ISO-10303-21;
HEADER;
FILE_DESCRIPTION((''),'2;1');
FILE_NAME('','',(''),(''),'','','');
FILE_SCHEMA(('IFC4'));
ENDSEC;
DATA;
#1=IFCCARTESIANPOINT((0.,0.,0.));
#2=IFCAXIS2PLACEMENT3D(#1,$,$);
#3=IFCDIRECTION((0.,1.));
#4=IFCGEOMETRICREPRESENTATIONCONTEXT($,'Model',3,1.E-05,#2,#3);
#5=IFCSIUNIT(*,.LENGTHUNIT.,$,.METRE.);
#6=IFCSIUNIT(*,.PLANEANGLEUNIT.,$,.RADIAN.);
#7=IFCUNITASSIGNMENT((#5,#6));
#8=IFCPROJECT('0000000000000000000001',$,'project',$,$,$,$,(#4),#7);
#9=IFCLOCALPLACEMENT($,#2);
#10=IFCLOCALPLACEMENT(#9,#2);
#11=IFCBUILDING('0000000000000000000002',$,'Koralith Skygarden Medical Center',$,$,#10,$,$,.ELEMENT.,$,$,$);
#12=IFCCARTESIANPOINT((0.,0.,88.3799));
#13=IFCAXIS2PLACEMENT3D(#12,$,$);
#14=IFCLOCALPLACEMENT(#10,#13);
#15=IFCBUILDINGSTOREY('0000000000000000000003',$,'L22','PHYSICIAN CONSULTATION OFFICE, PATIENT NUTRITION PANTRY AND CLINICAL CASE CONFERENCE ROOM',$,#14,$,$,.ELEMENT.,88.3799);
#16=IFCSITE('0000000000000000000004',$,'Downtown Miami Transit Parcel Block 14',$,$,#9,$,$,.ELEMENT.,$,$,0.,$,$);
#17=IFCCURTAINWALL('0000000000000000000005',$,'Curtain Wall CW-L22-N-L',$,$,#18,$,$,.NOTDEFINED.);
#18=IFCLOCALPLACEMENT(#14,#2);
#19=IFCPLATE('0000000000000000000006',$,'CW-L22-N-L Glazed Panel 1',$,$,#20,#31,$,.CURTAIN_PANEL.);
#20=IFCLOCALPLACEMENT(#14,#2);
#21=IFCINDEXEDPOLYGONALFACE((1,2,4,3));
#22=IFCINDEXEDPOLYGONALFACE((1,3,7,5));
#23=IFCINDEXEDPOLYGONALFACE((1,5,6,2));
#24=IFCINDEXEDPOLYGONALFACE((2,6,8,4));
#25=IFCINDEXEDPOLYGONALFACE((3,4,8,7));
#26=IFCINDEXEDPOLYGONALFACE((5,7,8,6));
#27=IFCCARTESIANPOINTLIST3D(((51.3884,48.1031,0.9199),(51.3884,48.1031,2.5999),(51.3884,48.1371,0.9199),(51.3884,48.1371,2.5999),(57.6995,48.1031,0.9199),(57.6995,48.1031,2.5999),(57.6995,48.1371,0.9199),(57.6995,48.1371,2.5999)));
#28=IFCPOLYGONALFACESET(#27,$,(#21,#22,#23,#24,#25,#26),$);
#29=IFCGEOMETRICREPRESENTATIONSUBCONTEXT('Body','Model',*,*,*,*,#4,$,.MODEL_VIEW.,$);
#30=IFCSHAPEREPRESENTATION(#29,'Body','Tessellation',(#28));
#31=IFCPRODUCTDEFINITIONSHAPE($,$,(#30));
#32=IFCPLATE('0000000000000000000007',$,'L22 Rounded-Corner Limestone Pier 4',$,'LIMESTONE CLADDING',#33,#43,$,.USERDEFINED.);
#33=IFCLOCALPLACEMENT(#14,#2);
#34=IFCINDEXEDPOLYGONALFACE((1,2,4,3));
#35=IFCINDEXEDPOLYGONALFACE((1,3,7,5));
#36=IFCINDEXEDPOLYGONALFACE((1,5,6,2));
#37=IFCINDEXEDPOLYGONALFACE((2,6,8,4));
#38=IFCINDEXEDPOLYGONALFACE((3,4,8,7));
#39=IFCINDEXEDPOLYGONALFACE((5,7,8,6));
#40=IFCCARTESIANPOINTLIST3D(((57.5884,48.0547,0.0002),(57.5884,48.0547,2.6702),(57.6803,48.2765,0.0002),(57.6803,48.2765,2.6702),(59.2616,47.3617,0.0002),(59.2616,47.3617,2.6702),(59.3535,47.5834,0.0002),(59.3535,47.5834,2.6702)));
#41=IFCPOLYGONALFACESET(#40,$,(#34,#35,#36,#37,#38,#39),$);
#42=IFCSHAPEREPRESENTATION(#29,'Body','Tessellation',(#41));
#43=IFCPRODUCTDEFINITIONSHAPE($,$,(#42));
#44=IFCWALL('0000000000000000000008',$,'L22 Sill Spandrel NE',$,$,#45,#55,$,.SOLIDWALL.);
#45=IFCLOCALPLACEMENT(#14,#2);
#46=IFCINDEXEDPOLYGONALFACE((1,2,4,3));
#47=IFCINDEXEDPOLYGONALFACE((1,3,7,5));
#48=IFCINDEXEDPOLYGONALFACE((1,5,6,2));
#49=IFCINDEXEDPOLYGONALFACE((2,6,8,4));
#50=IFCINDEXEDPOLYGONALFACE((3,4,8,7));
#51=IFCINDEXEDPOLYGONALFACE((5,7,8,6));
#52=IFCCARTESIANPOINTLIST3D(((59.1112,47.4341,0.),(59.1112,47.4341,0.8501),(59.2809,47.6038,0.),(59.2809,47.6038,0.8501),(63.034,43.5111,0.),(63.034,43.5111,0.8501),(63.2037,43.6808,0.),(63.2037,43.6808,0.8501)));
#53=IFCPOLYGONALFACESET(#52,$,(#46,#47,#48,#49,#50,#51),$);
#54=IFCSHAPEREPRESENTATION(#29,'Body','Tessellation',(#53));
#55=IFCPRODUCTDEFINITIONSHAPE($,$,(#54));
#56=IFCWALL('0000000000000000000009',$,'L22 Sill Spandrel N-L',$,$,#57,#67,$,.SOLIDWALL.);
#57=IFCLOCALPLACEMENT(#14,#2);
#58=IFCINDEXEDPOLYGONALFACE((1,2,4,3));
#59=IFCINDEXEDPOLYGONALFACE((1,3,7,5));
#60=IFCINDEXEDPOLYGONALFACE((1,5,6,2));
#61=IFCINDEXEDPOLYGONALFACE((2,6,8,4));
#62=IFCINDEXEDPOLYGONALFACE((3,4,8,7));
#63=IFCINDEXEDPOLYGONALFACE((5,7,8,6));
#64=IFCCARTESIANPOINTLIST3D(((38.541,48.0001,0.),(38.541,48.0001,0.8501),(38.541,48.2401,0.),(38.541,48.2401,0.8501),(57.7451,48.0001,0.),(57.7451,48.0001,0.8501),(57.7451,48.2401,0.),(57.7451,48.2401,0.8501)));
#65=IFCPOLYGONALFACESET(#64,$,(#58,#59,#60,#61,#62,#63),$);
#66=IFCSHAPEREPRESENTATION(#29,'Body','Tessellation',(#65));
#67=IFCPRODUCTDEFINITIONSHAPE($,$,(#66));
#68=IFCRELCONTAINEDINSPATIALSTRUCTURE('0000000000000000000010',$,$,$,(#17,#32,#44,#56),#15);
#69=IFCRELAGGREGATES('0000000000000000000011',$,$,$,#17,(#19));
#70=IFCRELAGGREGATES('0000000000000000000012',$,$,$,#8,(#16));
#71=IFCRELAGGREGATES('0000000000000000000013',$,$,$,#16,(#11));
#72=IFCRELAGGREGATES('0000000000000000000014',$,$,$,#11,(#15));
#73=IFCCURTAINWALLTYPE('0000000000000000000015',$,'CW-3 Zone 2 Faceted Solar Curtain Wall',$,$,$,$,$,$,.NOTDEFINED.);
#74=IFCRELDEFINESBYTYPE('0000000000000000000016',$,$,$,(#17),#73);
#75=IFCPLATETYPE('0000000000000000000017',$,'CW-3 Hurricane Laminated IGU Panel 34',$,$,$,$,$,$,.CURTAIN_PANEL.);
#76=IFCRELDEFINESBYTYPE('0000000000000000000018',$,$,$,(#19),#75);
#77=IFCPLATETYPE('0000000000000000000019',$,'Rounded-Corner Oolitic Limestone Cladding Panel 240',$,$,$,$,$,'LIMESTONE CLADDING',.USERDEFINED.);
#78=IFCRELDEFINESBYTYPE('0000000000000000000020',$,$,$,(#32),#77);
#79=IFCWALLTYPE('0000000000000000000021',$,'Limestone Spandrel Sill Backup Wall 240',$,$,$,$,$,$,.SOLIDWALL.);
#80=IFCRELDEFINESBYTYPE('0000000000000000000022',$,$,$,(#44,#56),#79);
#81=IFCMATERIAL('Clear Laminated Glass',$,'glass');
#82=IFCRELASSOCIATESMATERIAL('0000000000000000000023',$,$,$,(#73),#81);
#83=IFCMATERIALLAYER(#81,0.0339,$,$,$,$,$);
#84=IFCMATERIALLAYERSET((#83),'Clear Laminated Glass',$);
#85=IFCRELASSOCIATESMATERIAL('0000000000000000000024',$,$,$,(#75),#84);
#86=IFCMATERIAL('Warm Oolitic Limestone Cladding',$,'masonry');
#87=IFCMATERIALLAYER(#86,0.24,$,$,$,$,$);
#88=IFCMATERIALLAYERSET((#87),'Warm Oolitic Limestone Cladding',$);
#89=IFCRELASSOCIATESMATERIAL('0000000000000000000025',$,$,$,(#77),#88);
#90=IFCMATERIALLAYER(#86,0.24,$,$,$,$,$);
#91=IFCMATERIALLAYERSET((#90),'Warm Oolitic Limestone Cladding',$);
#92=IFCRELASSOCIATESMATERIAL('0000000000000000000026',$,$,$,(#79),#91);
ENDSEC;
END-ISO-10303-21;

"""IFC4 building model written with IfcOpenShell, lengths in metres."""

from ifc_helpers import new_model, si_unit, direction, frame, frame_2d, origin, origin_2d, place, context, subcontext, project, spatial, rectangle, extrude, material, layer, layer_set, type_object, element, aggregate, save


model = new_model("IFC4")

# Units and contexts
model_context = context("Model", 3, precision=1e-05, world=origin(), true_north=direction((0.0, 1.0)))
body_context = subcontext(model_context, "Body", "Model", "MODEL_VIEW")
ifc_project = project(units=[si_unit("LENGTHUNIT", "METRE"), si_unit("PLANEANGLEUNIT", "RADIAN")], contexts=[model_context])

# Site, building, storey
site_placement = place(None, origin())
site = spatial("IfcSite", under=ifc_project, at=site_placement, Name="Downtown Miami Transit Parcel Block 14", CompositionType="ELEMENT", RefElevation=0.0)
building_placement = place(site_placement, origin())
building = spatial("IfcBuilding", under=site, at=building_placement, Name="Koralith Skygarden Medical Center", CompositionType="ELEMENT")
storey_placement = place(building_placement, frame((0.0, 0.0, 88.3799)))
storey = spatial("IfcBuildingStorey", under=building, at=storey_placement, Name="L22", Description="PHYSICIAN CONSULTATION OFFICE, PATIENT NUTRITION PANTRY AND CLINICAL CASE CONFERENCE ROOM", CompositionType="ELEMENT", Elevation=88.3799)

# Curtain wall
ifc_material_1 = material(Name="Clear Laminated Glass", Category="glass")
curtain_wall_type = type_object("IfcCurtainWallType", Name="CW-3 Zone 2 Faceted Solar Curtain Wall", PredefinedType="NOTDEFINED", material=ifc_material_1)
curtain_wall_1_placement = place(storey_placement, origin())
curtain_wall_1 = element("IfcCurtainWall", 1, at=curtain_wall_1_placement, inside=storey, type_object=curtain_wall_type, Name="Curtain Wall CW-L22-N-L", PredefinedType="NOTDEFINED")

# Plates
ifc_layer_1 = layer(ifc_material_1, 0.0339)
ifc_layer_set_1 = layer_set([ifc_layer_1], Name="Clear Laminated Glass")
plate_type_1 = type_object("IfcPlateType", Name="CW-3 Hurricane Laminated IGU Panel 34", PredefinedType="CURTAIN_PANEL", material=ifc_layer_set_1)
plate_1_placement = place(storey_placement, frame((54.5439, 48.1201, 0.9199), z_axis=(0.0, 0.0, 1.0), x_axis=(-1.0, 0.0, 0.0)))
plate_1 = element("IfcPlate", 2, at=plate_1_placement, type_object=plate_type_1, Name="CW-L22-N-L Glazed Panel 1", PredefinedType="CURTAIN_PANEL", context=body_context, shape_type="SweptSolid", body=[
    extrude(rectangle(XDim=6.311, YDim=0.0339, at=origin_2d()), origin(), (0.0, 0.0, 1.0), 1.6799),
])
aggregate(curtain_wall_1, [plate_1])
ifc_material_2 = material(Name="Warm Oolitic Limestone Cladding", Category="masonry")
ifc_layer_2 = layer(ifc_material_2, 0.24)
ifc_layer_set_2 = layer_set([ifc_layer_2], Name="Warm Oolitic Limestone Cladding")
plate_type_2 = type_object("IfcPlateType", Name="Rounded-Corner Oolitic Limestone Cladding Panel 240", ElementType="LIMESTONE CLADDING", PredefinedType="USERDEFINED", material=ifc_layer_set_2)
plate_2_placement = place(storey_placement, frame((58.4709, 47.8191, 0.0002), z_axis=(0.0, 0.0, 1.0), x_axis=(-0.923885, 0.382671, 0.0)))
element("IfcPlate", 3, at=plate_2_placement, inside=storey, type_object=plate_type_2, Name="L22 Rounded-Corner Limestone Pier 4", ObjectType="LIMESTONE CLADDING", PredefinedType="USERDEFINED", context=body_context, shape_type="SweptSolid", body=[
    extrude(rectangle(XDim=1.811, YDim=0.24, at=origin_2d()), origin(), (0.0, 0.0, 1.0), 2.6699),
])

# Walls
ifc_layer_3 = layer(ifc_material_2, 0.24)
ifc_layer_set_3 = layer_set([ifc_layer_3], Name="Warm Oolitic Limestone Cladding")
wall_type = type_object("IfcWallType", Name="Limestone Spandrel Sill Backup Wall 240", PredefinedType="SOLIDWALL", material=ifc_layer_set_3)
wall_1_placement = place(storey_placement, frame((63.1189, 43.5959, 0.0), z_axis=(0.0, 0.0, 1.0), x_axis=(-0.707085, 0.707129, 0.0)))
element("IfcWall", 4, at=wall_1_placement, inside=storey, type_object=wall_type, Name="L22 Sill Spandrel NE", PredefinedType="SOLIDWALL", context=body_context, shape_type="SweptSolid", body=[
    extrude(rectangle(XDim=5.5479, YDim=0.24, at=frame_2d((2.7739, 0.0))), origin(), (0.0, 0.0, 1.0), 0.8501),
])
wall_2_placement = place(storey_placement, frame((57.7451, 48.1201, 0.0), z_axis=(0.0, 0.0, 1.0), x_axis=(-1.0, 0.0, 0.0)))
element("IfcWall", 5, at=wall_2_placement, inside=storey, type_object=wall_type, Name="L22 Sill Spandrel N-L", PredefinedType="SOLIDWALL", context=body_context, shape_type="SweptSolid", body=[
    extrude(rectangle(XDim=19.2041, YDim=0.24, at=frame_2d((9.6021, 0.0))), origin(), (0.0, 0.0, 1.0), 0.8501),
])

save(model, "model.ifc")
